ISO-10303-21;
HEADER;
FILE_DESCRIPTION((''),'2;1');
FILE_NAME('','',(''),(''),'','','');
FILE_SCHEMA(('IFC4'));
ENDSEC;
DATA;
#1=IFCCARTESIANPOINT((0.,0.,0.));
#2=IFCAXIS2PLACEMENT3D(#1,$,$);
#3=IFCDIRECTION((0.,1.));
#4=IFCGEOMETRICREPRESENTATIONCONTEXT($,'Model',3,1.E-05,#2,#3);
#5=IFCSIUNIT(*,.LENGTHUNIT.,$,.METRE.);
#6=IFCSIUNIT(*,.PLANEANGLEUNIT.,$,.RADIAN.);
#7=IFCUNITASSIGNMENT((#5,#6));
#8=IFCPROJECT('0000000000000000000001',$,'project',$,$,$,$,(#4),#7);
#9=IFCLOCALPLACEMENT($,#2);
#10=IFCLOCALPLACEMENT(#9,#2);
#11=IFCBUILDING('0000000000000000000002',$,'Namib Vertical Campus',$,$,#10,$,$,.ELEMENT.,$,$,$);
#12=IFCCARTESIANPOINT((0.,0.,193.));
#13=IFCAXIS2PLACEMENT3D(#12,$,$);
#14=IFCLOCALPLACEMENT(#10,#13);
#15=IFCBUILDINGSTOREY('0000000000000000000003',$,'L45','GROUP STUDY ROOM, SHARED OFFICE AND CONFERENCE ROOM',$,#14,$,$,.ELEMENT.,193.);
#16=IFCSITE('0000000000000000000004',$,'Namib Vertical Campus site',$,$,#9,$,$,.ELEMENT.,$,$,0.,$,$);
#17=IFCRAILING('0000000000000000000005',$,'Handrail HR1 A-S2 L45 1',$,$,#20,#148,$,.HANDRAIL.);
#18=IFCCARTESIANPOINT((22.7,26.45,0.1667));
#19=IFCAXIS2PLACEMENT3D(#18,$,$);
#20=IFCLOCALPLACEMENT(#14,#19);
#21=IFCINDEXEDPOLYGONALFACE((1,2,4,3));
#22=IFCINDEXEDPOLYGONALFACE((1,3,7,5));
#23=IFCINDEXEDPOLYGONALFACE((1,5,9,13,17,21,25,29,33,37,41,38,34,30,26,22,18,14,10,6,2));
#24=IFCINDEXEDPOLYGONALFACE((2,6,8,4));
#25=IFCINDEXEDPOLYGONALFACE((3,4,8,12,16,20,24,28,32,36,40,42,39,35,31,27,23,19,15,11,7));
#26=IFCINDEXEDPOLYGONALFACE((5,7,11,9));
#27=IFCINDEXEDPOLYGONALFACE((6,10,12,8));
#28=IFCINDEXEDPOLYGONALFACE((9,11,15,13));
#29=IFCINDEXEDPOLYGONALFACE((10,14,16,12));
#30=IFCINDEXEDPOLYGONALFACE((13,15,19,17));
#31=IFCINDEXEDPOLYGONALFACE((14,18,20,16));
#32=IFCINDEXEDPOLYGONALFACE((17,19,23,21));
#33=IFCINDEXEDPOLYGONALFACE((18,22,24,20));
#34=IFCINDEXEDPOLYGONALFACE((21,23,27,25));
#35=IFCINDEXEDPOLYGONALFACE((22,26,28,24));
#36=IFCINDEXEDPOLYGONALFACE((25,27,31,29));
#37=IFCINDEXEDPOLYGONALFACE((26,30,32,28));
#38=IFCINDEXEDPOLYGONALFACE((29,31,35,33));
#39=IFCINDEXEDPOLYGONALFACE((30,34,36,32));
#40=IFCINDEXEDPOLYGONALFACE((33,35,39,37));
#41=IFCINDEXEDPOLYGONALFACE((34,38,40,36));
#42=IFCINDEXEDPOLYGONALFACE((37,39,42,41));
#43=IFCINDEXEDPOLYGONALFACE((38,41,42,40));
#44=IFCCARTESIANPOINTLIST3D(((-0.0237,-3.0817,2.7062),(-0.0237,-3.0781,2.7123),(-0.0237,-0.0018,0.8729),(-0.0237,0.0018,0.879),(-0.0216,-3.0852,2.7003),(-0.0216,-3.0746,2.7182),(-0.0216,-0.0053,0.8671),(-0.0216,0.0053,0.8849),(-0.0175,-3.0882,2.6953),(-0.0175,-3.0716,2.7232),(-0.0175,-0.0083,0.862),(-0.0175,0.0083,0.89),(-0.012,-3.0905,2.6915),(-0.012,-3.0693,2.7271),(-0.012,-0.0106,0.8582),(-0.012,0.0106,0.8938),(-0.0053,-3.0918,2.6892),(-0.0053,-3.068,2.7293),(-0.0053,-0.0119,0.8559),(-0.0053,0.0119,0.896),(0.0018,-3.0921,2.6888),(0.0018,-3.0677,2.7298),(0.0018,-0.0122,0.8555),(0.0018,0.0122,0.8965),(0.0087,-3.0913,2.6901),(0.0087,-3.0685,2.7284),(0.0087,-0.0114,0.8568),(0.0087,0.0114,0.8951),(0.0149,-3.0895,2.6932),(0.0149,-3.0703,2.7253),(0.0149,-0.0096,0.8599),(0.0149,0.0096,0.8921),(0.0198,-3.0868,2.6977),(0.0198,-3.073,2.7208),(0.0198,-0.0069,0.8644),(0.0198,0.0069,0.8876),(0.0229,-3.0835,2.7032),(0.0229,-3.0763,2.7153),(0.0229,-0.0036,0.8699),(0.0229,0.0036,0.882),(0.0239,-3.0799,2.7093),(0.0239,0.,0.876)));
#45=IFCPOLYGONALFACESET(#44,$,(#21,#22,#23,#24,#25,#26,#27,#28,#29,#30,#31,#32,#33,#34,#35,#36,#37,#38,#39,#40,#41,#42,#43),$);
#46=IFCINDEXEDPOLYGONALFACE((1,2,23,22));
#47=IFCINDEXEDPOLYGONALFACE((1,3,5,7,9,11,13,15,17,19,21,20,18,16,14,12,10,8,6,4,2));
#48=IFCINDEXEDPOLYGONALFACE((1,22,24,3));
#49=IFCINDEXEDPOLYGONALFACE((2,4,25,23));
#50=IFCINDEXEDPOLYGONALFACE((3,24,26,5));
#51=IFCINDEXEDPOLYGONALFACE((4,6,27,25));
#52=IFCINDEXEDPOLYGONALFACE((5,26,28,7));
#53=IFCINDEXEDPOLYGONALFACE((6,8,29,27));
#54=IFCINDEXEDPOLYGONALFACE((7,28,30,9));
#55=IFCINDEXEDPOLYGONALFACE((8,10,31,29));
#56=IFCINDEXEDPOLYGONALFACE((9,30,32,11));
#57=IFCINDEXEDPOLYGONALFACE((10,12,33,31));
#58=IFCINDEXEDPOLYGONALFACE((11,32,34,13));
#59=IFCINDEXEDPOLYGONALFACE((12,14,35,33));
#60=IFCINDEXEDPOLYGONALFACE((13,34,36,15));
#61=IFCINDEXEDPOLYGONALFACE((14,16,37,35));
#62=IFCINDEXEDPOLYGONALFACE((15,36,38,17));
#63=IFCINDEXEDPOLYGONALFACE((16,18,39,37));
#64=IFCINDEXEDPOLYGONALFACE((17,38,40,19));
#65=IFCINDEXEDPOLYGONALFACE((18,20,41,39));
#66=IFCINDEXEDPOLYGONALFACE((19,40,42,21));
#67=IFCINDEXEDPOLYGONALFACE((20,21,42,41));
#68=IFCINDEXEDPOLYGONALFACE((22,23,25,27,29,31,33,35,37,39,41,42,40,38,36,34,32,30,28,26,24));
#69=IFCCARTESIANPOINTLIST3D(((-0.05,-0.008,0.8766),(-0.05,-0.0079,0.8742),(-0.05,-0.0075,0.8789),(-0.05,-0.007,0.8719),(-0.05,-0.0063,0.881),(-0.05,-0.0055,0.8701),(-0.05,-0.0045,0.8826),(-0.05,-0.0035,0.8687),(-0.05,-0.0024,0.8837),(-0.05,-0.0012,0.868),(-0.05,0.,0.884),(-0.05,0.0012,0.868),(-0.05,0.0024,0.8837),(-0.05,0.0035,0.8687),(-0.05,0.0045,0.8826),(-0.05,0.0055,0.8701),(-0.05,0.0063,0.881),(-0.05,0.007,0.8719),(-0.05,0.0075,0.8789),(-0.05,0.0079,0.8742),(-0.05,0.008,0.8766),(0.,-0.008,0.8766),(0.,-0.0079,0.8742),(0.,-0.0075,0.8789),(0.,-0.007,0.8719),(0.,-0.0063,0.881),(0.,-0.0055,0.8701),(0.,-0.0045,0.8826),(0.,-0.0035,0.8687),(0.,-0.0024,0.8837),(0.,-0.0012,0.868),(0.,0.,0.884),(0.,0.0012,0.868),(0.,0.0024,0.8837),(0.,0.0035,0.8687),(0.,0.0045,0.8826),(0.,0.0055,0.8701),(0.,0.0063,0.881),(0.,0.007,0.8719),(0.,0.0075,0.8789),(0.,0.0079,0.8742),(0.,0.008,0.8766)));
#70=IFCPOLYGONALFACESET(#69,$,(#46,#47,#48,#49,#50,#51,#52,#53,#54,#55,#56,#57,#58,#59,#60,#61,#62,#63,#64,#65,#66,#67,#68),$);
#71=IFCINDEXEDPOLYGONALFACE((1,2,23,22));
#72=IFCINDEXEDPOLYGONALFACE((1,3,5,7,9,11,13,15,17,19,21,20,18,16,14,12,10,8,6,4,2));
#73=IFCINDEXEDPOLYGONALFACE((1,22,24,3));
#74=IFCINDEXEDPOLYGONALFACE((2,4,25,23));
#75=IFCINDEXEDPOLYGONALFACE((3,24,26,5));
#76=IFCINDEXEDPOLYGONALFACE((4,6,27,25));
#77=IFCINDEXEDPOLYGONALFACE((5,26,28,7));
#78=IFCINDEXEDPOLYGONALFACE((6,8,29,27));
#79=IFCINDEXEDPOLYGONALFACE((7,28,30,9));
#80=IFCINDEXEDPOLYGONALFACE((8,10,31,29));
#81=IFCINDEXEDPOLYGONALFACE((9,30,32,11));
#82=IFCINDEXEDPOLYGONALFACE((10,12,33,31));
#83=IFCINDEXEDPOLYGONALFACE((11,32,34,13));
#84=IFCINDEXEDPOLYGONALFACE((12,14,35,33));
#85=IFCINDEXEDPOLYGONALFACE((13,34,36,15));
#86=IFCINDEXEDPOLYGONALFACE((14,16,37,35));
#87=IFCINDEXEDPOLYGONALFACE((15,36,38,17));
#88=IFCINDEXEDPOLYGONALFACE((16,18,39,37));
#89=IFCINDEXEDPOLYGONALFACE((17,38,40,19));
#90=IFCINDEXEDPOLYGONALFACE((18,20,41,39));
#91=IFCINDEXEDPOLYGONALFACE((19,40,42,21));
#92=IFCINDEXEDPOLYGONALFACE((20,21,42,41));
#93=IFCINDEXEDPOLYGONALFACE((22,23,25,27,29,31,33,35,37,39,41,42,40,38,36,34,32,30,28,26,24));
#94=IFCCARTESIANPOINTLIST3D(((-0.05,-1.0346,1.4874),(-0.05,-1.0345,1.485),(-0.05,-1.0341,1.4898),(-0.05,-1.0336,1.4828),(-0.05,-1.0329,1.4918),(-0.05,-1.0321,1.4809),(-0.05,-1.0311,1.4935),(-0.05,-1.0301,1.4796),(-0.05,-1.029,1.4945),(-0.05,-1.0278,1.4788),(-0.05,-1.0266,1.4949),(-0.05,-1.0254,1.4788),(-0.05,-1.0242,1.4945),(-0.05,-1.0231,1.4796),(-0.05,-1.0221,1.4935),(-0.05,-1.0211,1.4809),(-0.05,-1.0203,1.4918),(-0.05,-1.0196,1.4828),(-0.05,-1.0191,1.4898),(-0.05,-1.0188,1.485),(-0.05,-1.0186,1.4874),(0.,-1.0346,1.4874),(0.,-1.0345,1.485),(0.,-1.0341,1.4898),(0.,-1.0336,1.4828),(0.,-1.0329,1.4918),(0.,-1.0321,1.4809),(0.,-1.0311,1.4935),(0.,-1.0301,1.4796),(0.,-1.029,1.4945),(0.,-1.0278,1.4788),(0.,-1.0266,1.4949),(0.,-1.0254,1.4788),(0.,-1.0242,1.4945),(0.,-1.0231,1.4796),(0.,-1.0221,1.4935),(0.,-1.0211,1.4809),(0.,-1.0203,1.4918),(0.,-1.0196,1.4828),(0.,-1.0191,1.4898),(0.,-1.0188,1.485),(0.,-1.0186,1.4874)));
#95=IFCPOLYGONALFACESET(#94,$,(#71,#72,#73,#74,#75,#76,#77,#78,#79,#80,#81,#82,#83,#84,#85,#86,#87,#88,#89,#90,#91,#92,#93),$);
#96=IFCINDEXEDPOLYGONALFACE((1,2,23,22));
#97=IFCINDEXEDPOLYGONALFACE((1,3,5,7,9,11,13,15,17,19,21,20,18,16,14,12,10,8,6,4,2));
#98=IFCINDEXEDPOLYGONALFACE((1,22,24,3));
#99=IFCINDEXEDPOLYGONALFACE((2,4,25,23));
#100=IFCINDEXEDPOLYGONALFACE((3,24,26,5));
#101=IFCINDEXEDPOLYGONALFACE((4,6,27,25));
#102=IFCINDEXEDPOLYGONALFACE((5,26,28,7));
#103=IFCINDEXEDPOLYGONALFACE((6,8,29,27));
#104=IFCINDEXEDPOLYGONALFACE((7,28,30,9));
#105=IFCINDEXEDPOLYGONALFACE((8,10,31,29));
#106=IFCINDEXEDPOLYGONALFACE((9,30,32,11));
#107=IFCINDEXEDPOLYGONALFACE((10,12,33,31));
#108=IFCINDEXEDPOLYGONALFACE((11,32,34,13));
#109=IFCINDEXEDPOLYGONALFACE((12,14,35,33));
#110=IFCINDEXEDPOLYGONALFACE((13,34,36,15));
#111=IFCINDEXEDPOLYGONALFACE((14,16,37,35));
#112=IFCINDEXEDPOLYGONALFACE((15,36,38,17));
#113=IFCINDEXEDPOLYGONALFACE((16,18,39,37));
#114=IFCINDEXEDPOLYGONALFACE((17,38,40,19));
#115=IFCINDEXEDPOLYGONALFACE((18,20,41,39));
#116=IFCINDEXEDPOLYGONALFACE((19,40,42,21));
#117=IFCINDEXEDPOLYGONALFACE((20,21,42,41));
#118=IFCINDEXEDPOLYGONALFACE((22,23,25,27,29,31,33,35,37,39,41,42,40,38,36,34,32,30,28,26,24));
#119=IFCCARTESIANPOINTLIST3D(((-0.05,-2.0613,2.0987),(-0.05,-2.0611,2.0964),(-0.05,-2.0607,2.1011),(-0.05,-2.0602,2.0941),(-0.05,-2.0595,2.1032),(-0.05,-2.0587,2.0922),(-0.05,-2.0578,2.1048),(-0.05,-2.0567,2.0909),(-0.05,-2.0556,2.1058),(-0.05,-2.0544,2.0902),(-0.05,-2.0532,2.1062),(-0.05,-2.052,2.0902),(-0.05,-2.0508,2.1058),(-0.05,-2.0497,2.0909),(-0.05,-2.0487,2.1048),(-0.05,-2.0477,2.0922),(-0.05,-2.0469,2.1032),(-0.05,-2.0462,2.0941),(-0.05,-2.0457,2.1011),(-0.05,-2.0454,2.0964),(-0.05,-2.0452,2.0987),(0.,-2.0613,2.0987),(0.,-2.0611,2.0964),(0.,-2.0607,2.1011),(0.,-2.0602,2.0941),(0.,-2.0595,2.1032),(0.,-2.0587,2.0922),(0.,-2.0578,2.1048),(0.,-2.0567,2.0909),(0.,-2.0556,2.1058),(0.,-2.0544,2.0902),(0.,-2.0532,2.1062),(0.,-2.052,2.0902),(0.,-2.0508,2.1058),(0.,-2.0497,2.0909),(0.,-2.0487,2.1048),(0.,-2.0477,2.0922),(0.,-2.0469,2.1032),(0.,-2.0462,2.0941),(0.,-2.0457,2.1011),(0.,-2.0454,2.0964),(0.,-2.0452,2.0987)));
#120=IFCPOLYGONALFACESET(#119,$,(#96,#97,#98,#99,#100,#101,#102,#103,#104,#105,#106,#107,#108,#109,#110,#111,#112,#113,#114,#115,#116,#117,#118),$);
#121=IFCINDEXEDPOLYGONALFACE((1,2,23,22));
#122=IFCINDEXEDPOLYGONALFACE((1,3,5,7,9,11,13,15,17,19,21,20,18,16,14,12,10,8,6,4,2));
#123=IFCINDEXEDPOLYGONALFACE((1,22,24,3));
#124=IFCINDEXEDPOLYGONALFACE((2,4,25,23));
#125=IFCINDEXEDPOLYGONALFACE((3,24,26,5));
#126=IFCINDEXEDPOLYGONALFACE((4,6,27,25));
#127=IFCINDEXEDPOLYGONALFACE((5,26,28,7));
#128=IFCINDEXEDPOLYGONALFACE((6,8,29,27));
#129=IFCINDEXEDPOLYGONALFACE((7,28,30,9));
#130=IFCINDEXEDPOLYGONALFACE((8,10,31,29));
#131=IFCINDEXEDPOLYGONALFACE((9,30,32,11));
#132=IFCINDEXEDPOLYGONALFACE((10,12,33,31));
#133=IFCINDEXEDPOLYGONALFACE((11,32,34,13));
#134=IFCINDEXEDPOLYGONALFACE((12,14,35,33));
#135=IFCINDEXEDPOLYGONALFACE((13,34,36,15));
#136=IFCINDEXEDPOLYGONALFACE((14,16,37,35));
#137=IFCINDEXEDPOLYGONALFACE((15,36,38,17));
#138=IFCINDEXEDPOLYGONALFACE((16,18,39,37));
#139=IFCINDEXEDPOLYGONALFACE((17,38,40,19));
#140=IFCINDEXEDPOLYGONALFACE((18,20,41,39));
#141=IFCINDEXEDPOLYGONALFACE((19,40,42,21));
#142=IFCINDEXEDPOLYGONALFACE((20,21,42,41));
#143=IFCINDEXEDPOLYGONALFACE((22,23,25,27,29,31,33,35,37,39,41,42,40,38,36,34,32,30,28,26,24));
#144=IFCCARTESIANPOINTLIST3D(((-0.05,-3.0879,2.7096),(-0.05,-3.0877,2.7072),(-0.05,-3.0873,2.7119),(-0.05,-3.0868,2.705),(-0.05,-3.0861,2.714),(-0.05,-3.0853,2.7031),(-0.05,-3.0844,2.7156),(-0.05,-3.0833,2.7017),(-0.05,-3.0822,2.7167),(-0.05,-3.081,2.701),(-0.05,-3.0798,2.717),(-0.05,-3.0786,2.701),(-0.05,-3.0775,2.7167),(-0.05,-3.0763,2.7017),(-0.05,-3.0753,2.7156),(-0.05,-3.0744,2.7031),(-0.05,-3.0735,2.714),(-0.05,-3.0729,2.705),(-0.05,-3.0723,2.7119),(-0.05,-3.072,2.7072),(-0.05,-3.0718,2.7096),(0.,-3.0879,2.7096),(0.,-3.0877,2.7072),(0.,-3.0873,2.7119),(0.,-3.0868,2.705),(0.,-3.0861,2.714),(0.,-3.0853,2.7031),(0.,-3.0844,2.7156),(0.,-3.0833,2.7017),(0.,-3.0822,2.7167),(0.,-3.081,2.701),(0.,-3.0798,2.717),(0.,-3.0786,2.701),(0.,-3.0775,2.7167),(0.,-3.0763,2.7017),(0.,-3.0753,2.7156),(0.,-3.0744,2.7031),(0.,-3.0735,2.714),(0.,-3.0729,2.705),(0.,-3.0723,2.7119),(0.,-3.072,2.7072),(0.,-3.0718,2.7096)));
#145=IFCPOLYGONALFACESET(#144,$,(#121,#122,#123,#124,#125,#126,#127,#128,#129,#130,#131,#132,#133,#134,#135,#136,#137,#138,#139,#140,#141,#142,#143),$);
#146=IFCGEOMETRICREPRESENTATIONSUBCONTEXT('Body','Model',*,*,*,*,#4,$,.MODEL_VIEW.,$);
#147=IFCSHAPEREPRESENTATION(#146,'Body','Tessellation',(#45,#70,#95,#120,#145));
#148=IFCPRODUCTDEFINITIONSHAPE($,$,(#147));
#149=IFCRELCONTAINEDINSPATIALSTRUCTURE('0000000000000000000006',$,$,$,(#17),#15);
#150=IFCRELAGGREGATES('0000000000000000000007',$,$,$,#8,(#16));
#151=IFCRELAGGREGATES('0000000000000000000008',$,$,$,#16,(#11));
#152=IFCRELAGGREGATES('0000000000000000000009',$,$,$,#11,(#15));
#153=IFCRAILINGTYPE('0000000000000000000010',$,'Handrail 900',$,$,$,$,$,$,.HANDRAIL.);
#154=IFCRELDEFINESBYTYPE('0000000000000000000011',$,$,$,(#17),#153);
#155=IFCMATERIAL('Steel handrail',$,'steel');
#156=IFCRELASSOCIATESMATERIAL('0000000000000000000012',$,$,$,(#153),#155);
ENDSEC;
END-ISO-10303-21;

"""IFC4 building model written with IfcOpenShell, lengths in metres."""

from ifc_helpers import new_model, si_unit, direction, frame, origin, origin_2d, place, context, subcontext, project, spatial, circle, extrude, material, type_object, element, save


model = new_model("IFC4")

# Units and contexts
model_context = context("Model", 3, precision=1e-05, world=origin(), true_north=direction((0.0, 1.0)))
body_context = subcontext(model_context, "Body", "Model", "MODEL_VIEW")
ifc_project = project(units=[si_unit("LENGTHUNIT", "METRE"), si_unit("PLANEANGLEUNIT", "RADIAN")], contexts=[model_context])

# Site, building, storey
site_placement = place(None, origin())
site = spatial("IfcSite", under=ifc_project, at=site_placement, Name="Namib Vertical Campus site", CompositionType="ELEMENT", RefElevation=0.0)
building_placement = place(site_placement, origin())
building = spatial("IfcBuilding", under=site, at=building_placement, Name="Namib Vertical Campus", CompositionType="ELEMENT")
storey_placement = place(building_placement, frame((0.0, 0.0, 193.0)))
storey = spatial("IfcBuildingStorey", under=building, at=storey_placement, Name="L45", Description="GROUP STUDY ROOM, SHARED OFFICE AND CONFERENCE ROOM", CompositionType="ELEMENT", Elevation=193.0)

# Railing
ifc_material_1 = material(Name="Steel handrail", Category="steel")
railing_type_1 = type_object("IfcRailingType", Name="Handrail 900", PredefinedType="HANDRAIL", material=ifc_material_1)
railing_1_placement = place(storey_placement, frame((22.7, 26.45, 0.1667)))
element("IfcRailing", 1, at=railing_1_placement, inside=storey, type_object=railing_type_1, Name="Handrail HR1 A-S2 L45 1", PredefinedType="HANDRAIL", context=body_context, shape_type="SweptSolid", body=[
    extrude(circle(Radius=0.0239, at=origin_2d()), frame((0.0, 0.0, 0.876), z_axis=(0.0, -0.859291, 0.511487), x_axis=(1.0, 0.0, 0.0)), (0.0, 0.0, 1.0), 3.5842),
    extrude(circle(Radius=0.0081, at=origin_2d()), frame((0.0, 0.0, 0.876), z_axis=(-1.0, 0.0, 0.0), x_axis=(0.0, 0.0, 1.0)), (0.0, 0.0, 1.0), 0.05),
    extrude(circle(Radius=0.0081, at=origin_2d()), frame((0.0, -1.0266, 1.4868), z_axis=(-1.0, 0.0, 0.0), x_axis=(0.0, 0.0, 1.0)), (0.0, 0.0, 1.0), 0.05),
    extrude(circle(Radius=0.0081, at=origin_2d()), frame((0.0, -2.0532, 2.0981), z_axis=(-1.0, 0.0, 0.0), x_axis=(0.0, 0.0, 1.0)), (0.0, 0.0, 1.0), 0.05),
    extrude(circle(Radius=0.0081, at=origin_2d()), frame((0.0, -3.0798, 2.709), z_axis=(-1.0, 0.0, 0.0), x_axis=(0.0, 0.0, 1.0)), (0.0, 0.0, 1.0), 0.05),
])

save(model, "model.ifc")
